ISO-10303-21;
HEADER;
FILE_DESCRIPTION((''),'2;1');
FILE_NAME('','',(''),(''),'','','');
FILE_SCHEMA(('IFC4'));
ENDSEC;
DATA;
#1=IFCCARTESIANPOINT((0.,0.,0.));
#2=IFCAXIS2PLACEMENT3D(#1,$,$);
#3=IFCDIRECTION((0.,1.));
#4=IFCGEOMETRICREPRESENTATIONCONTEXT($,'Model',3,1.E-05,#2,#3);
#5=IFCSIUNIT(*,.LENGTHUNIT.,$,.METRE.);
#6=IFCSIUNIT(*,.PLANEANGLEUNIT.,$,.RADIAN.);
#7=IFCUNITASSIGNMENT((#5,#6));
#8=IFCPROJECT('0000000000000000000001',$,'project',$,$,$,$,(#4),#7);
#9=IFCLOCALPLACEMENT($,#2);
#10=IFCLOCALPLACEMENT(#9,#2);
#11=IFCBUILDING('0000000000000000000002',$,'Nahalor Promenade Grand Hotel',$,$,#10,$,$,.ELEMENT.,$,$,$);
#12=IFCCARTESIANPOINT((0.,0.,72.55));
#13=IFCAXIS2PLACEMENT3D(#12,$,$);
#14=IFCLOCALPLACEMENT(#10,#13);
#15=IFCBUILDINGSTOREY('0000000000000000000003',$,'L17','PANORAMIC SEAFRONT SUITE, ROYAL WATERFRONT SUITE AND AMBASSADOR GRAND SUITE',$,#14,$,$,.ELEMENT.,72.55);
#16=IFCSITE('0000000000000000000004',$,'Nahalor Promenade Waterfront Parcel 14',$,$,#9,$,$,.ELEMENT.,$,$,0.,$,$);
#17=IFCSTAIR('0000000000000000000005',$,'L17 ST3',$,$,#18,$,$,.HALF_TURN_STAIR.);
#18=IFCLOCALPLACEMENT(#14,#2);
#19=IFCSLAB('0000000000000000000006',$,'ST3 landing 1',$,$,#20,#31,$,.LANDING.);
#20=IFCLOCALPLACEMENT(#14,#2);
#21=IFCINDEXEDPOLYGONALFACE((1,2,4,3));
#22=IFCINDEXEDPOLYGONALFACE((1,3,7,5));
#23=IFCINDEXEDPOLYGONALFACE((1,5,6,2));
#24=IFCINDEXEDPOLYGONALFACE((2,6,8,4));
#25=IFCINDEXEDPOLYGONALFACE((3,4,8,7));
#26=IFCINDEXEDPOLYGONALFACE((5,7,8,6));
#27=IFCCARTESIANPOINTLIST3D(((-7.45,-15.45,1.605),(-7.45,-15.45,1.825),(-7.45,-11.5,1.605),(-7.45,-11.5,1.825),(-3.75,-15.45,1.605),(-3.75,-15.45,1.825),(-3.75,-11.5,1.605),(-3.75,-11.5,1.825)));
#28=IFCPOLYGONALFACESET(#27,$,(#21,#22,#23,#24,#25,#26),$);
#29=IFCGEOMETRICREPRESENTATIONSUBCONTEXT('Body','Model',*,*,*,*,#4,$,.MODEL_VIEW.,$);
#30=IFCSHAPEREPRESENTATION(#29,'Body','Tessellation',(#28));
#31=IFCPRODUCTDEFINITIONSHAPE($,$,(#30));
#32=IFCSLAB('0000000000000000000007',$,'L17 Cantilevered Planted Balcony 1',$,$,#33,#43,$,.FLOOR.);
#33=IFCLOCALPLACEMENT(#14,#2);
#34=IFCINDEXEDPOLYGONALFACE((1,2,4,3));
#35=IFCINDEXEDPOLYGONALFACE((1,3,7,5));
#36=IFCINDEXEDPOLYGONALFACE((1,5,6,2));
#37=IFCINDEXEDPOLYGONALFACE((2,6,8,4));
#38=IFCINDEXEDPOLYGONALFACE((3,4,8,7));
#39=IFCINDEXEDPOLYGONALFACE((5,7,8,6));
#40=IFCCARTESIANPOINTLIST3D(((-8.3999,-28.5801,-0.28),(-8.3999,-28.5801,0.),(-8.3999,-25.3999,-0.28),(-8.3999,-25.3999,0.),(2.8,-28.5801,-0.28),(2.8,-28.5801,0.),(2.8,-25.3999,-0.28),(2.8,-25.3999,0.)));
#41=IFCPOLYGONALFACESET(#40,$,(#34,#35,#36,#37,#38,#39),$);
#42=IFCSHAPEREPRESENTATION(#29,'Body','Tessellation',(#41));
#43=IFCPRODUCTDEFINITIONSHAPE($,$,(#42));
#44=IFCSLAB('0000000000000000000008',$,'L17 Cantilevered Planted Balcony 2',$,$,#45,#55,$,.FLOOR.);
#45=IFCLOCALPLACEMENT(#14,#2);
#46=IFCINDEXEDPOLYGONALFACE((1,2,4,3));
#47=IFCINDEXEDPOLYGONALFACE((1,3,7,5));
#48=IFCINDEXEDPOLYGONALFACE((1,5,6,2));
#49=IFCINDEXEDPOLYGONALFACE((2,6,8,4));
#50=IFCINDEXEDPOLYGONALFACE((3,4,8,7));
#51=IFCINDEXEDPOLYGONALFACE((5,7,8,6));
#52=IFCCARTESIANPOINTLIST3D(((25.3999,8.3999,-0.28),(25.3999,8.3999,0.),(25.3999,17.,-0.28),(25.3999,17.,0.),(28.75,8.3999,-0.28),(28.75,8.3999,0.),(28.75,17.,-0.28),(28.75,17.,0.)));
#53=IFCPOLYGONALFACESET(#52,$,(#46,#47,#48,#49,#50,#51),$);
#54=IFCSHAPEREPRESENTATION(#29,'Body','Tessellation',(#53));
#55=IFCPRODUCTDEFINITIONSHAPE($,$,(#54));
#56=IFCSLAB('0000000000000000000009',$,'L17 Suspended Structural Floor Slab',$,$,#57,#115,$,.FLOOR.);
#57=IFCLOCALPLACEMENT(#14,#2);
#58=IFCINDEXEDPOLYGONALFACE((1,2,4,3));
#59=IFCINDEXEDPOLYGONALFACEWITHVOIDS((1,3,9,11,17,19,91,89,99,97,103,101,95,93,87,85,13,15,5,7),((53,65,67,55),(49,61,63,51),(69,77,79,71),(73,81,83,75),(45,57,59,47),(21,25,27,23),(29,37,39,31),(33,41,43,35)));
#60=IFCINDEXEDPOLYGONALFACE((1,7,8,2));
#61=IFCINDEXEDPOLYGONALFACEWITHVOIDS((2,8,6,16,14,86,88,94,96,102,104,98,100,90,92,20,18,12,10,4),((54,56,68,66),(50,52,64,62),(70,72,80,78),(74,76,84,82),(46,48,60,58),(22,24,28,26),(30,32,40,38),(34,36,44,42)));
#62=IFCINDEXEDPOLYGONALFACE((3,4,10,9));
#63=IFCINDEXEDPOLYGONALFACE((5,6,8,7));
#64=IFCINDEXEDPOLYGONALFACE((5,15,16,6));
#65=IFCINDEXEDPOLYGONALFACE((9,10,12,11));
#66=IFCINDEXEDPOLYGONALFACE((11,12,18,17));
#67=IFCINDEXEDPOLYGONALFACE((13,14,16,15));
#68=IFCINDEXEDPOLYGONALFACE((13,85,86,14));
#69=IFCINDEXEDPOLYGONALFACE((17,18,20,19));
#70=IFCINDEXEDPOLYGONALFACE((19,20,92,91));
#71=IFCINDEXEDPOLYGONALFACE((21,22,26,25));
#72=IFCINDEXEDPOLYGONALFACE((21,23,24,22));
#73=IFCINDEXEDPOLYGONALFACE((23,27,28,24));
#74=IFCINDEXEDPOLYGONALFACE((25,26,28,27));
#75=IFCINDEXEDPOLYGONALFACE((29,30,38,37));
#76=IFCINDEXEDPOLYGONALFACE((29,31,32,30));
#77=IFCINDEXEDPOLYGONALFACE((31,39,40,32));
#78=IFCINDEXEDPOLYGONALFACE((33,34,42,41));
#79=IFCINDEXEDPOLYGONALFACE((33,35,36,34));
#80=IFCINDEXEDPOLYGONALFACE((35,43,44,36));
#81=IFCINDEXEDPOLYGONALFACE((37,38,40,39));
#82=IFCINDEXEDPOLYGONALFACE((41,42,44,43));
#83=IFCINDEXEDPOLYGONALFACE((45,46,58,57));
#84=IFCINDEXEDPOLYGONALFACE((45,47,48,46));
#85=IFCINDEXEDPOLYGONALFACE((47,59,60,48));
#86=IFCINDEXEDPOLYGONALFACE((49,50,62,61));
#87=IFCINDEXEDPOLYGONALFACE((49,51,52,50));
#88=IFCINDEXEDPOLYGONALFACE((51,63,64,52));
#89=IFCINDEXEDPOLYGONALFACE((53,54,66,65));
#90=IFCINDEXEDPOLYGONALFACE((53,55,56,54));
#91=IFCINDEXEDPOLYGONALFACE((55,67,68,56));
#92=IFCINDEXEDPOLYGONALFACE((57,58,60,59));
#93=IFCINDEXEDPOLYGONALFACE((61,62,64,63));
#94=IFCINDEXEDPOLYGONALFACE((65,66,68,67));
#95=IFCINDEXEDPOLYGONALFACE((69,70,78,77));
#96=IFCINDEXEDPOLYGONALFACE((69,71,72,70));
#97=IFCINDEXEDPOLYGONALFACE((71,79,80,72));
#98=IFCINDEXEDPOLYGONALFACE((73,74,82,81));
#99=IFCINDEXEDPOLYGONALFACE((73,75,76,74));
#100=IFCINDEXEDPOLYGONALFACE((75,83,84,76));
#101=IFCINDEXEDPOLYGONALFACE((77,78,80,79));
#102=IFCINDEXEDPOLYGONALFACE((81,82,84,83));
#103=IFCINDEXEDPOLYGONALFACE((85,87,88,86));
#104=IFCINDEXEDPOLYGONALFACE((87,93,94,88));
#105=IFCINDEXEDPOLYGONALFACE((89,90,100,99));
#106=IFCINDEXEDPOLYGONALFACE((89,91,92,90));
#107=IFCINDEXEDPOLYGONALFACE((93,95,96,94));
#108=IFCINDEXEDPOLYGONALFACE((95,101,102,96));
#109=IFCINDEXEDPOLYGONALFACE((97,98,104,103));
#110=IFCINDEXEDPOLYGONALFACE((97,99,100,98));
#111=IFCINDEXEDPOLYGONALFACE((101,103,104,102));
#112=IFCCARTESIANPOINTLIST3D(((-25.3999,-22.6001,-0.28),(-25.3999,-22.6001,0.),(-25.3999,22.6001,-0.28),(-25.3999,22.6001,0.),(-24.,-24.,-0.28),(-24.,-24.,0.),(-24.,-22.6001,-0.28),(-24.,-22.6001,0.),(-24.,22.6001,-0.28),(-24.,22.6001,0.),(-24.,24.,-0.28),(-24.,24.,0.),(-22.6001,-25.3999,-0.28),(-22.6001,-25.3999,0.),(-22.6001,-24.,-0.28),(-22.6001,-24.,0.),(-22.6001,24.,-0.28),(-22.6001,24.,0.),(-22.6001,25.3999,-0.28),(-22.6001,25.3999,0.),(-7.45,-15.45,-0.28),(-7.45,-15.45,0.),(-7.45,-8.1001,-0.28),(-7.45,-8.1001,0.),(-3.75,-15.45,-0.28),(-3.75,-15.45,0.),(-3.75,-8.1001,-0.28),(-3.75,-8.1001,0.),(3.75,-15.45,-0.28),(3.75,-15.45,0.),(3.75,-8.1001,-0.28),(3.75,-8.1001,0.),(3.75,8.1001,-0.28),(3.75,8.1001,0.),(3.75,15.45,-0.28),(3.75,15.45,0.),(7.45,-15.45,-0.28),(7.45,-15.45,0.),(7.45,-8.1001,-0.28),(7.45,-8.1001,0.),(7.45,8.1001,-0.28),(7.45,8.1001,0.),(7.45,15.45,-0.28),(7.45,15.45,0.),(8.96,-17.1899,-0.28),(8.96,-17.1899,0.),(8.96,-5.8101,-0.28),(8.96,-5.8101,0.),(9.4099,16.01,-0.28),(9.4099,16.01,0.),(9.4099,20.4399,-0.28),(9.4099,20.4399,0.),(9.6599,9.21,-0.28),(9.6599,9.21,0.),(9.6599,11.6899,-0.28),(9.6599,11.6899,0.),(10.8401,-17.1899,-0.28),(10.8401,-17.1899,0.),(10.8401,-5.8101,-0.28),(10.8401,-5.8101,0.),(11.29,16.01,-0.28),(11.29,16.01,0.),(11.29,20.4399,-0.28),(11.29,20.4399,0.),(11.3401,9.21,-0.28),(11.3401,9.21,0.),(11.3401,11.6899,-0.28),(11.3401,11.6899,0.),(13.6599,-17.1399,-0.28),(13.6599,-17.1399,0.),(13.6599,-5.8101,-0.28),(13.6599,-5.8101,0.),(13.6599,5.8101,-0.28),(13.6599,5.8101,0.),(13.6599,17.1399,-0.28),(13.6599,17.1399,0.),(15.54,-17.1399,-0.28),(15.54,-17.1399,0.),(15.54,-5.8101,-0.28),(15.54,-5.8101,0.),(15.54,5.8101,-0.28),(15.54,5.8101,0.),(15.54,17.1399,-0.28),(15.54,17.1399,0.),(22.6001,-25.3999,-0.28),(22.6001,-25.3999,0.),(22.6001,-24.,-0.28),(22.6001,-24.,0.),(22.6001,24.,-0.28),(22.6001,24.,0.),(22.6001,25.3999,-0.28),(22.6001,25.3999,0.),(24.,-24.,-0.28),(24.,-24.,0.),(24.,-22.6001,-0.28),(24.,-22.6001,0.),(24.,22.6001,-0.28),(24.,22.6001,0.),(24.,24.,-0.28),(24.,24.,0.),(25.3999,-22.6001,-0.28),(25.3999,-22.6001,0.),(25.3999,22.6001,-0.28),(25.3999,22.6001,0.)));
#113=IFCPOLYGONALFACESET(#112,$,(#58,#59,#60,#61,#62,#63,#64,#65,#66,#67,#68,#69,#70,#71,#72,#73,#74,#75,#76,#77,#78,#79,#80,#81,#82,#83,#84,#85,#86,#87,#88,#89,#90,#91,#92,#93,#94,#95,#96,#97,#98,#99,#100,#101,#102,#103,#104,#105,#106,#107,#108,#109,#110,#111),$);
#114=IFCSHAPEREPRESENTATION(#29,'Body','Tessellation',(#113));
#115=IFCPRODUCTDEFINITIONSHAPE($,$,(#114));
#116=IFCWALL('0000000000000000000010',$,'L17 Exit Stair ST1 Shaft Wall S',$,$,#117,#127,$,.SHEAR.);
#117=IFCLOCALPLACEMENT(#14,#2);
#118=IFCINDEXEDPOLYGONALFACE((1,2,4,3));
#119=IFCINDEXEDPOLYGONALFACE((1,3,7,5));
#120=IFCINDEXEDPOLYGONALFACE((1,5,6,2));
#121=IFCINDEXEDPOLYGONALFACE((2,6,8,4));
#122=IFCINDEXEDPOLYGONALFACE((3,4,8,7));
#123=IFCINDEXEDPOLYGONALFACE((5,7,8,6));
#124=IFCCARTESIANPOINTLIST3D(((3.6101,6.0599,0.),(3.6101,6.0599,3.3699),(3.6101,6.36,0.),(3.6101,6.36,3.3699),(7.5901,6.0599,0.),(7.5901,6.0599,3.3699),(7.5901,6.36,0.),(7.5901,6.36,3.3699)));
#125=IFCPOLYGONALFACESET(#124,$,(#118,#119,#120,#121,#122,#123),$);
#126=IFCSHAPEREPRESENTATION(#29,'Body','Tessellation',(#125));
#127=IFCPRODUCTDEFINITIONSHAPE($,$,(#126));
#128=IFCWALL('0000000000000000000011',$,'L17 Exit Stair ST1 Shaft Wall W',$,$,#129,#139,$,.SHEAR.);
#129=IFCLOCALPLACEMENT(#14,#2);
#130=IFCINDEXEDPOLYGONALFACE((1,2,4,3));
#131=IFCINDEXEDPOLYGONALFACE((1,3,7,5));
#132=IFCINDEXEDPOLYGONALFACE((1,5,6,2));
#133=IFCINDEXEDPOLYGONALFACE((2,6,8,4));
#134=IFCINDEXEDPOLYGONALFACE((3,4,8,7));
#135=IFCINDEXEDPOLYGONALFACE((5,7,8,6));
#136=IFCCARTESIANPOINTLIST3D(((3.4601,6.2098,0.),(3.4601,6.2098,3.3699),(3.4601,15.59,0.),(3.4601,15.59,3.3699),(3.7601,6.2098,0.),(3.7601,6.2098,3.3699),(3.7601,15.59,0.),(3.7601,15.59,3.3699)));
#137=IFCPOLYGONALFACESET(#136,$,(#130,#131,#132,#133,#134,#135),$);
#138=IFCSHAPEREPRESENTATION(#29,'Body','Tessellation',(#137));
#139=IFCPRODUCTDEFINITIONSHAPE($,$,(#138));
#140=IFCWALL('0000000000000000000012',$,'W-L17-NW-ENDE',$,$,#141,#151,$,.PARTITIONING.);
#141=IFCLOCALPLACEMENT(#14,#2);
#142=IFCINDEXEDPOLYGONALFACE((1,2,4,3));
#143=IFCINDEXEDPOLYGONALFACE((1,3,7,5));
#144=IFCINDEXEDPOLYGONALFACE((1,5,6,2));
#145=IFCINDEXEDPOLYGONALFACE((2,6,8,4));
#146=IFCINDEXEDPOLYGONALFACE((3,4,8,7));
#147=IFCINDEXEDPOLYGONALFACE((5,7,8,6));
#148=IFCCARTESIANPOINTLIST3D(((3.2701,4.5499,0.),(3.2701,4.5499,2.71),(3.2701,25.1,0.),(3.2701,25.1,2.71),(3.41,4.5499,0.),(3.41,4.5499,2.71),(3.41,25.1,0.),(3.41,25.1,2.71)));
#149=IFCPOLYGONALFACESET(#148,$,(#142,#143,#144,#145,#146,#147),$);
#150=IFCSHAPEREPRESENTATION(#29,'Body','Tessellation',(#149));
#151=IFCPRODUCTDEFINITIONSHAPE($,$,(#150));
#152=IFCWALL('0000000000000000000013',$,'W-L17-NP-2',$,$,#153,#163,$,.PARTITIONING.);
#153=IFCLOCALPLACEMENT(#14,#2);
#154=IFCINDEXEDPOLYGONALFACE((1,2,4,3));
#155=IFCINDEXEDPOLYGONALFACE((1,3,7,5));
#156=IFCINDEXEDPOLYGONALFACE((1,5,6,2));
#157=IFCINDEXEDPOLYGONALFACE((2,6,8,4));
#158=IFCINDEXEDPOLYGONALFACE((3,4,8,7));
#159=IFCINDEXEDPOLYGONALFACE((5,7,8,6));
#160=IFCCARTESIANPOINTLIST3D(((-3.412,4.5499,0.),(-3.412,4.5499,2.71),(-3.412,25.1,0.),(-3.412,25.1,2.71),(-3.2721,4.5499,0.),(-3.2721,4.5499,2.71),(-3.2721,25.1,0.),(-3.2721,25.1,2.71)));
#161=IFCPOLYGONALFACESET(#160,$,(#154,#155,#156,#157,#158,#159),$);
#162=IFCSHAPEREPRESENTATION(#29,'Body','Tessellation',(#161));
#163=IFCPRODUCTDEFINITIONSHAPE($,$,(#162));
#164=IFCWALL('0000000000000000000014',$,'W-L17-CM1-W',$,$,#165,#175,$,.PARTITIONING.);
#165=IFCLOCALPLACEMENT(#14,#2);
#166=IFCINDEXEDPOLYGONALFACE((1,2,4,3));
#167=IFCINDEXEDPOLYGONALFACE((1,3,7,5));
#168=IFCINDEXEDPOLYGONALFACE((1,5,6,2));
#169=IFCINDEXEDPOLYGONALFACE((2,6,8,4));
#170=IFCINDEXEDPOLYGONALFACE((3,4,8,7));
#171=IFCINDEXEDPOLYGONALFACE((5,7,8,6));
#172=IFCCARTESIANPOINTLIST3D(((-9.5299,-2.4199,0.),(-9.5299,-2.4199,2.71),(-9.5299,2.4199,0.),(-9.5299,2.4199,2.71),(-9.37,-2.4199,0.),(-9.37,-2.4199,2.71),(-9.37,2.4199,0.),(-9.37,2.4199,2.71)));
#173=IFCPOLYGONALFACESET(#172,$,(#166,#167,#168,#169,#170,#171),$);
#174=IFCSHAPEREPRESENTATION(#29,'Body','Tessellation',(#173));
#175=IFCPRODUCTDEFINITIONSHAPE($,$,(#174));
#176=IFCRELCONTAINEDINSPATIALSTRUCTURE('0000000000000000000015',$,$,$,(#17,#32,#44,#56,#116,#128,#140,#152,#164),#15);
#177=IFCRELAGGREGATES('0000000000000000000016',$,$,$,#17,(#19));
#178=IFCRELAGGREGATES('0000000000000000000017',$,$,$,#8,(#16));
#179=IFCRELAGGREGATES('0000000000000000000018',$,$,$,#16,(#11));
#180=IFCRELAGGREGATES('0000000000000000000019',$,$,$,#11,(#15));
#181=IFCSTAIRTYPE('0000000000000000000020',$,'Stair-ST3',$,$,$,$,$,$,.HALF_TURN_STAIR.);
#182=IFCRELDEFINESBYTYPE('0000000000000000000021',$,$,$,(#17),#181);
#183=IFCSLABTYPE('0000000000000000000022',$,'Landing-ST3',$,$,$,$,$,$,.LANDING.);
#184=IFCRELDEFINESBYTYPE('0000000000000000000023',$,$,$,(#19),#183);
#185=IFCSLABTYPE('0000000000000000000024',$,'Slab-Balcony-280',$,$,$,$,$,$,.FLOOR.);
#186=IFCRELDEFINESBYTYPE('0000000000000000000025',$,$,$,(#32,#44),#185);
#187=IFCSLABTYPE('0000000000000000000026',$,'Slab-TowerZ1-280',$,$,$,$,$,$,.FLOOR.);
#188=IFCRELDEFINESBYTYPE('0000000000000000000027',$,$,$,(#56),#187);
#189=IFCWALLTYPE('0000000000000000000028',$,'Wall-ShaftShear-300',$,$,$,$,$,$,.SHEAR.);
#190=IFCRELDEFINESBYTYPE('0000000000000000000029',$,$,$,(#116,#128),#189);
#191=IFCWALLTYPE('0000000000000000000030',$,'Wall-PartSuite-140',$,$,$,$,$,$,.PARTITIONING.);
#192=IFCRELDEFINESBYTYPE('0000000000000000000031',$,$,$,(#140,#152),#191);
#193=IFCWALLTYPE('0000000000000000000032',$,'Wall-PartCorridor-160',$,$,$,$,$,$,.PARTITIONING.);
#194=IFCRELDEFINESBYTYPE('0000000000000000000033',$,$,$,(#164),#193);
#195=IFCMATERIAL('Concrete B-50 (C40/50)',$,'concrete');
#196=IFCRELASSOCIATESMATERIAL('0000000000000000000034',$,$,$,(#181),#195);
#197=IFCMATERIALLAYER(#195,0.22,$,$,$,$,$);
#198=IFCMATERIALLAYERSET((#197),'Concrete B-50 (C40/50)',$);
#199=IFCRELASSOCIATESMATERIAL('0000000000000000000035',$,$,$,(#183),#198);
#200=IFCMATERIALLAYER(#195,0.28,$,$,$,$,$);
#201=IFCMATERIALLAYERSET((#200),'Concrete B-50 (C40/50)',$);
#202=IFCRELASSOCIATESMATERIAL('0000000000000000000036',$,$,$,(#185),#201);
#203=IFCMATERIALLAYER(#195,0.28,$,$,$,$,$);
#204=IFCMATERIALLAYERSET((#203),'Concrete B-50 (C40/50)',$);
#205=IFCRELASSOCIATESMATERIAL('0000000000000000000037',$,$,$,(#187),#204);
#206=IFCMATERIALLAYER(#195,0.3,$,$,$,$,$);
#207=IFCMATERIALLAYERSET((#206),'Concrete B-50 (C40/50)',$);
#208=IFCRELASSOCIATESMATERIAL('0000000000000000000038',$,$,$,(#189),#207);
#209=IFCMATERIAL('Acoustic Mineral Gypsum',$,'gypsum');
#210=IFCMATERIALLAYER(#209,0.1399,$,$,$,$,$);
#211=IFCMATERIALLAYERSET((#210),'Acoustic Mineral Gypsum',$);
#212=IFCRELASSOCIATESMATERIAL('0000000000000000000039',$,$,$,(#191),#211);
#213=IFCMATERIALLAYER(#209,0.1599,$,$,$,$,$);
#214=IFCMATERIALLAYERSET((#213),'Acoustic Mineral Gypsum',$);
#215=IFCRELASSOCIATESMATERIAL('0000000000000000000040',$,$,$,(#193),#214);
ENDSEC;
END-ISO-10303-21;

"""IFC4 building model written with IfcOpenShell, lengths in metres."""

from ifc_helpers import new_model, si_unit, direction, frame, frame_2d, origin, place, context, subcontext, project, spatial, polyline, rectangle, outline, extrude, source, transform, mapped, material, layer, layer_set, type_object, element, aggregate, save


model = new_model("IFC4")

# Units and contexts
model_context = context("Model", 3, precision=1e-05, world=origin(), true_north=direction((0.0, 1.0)))
body_context = subcontext(model_context, "Body", "Model", "MODEL_VIEW")
ifc_project = project(units=[si_unit("LENGTHUNIT", "METRE"), si_unit("PLANEANGLEUNIT", "RADIAN")], contexts=[model_context])

# Site, building, storey
site_placement = place(None, origin())
site = spatial("IfcSite", under=ifc_project, at=site_placement, Name="Nahalor Promenade Waterfront Parcel 14", CompositionType="ELEMENT", RefElevation=0.0)
building_placement = place(site_placement, origin())
building = spatial("IfcBuilding", under=site, at=building_placement, Name="Nahalor Promenade Grand Hotel", CompositionType="ELEMENT")
storey_placement = place(building_placement, frame((0.0, 0.0, 72.55)))
storey = spatial("IfcBuildingStorey", under=building, at=storey_placement, Name="L17", Description="PANORAMIC SEAFRONT SUITE, ROYAL WATERFRONT SUITE AND AMBASSADOR GRAND SUITE", CompositionType="ELEMENT", Elevation=72.55)

# Stair, slab
ifc_material_1 = material(Name="Concrete B-50 (C40/50)", Category="concrete")
stair_type_1 = type_object("IfcStairType", Name="Stair-ST3", PredefinedType="HALF_TURN_STAIR", material=ifc_material_1)
stair_1_placement = place(storey_placement, origin())
stair_1 = element("IfcStair", 1, at=stair_1_placement, inside=storey, type_object=stair_type_1, Name="L17 ST3", PredefinedType="HALF_TURN_STAIR")
ifc_layer_1 = layer(ifc_material_1, 0.22)
ifc_layer_set_1 = layer_set([ifc_layer_1], Name="Concrete B-50 (C40/50)")
slab_type_1 = type_object("IfcSlabType", Name="Landing-ST3", PredefinedType="LANDING", material=ifc_layer_set_1)
slab_1_placement = place(storey_placement, frame((0.0, 0.0, 1.605)))
slab_1 = element("IfcSlab", 2, at=slab_1_placement, type_object=slab_type_1, Name="ST3 landing 1", PredefinedType="LANDING", context=body_context, shape_type="SweptSolid", body=[
    extrude(outline(polyline([(-7.45, -11.5), (-7.45, -15.45), (-3.75, -15.45), (-3.75, -11.5), (-7.45, -11.5)])), origin(), (0.0, 0.0, 1.0), 0.22),
])
aggregate(stair_1, [slab_1])

# Slabs
ifc_layer_2 = layer(ifc_material_1, 0.28)
ifc_layer_set_2 = layer_set([ifc_layer_2], Name="Concrete B-50 (C40/50)")
slab_type_2 = type_object("IfcSlabType", Name="Slab-Balcony-280", PredefinedType="FLOOR", material=ifc_layer_set_2)
slab_2_placement = place(storey_placement, frame((0.0, 0.0, -0.28)))
element("IfcSlab", 3, at=slab_2_placement, inside=storey, type_object=slab_type_2, Name="L17 Cantilevered Planted Balcony 1", PredefinedType="FLOOR", context=body_context, shape_type="SweptSolid", body=[
    extrude(outline(polyline([(-8.3999, -28.5801), (2.8, -28.5801), (2.8, -25.3999), (-8.3999, -25.3999), (-8.3999, -28.5801)])), origin(), (0.0, 0.0, 1.0), 0.28),
])
slab_3_placement = place(storey_placement, frame((0.0, 0.0, -0.28)))
element("IfcSlab", 4, at=slab_3_placement, inside=storey, type_object=slab_type_2, Name="L17 Cantilevered Planted Balcony 2", PredefinedType="FLOOR", context=body_context, shape_type="SweptSolid", body=[
    extrude(outline(polyline([(25.3999, 8.3999), (28.75, 8.3999), (28.75, 17.0), (25.3999, 17.0), (25.3999, 8.3999)])), origin(), (0.0, 0.0, 1.0), 0.28),
])
ifc_layer_3 = layer(ifc_material_1, 0.28)
ifc_layer_set_3 = layer_set([ifc_layer_3], Name="Concrete B-50 (C40/50)")
slab_type_3 = type_object("IfcSlabType", Name="Slab-TowerZ1-280", PredefinedType="FLOOR", material=ifc_layer_set_3)
slab_4_placement = place(storey_placement, frame((0.0, 0.0, -0.28)))
element("IfcSlab", 5, at=slab_4_placement, inside=storey, type_object=slab_type_3, Name="L17 Suspended Structural Floor Slab", PredefinedType="FLOOR", context=body_context, shape_type="SweptSolid", body=[
    extrude(outline(polyline([(-22.6001, -25.3999), (22.6001, -25.3999), (22.6001, -24.0), (24.0, -24.0), (24.0, -22.6001), (25.3999, -22.6001), (25.3999, 22.6001), (24.0, 22.6001), (24.0, 24.0), (22.6001, 24.0), (22.6001, 25.3999), (-22.6001, 25.3999), (-22.6001, 24.0), (-24.0, 24.0), (-24.0, 22.6001), (-25.3999, 22.6001), (-25.3999, -22.6001), (-24.0, -22.6001), (-24.0, -24.0), (-22.6001, -24.0), (-22.6001, -25.3999)]), holes=[polyline([(3.75, 8.1001), (7.45, 8.1001), (7.45, 15.45), (3.75, 15.45), (3.75, 8.1001)]), polyline([(3.75, -15.45), (7.45, -15.45), (7.45, -8.1001), (3.75, -8.1001), (3.75, -15.45)]), polyline([(-7.45, -15.45), (-3.75, -15.45), (-3.75, -8.1001), (-7.45, -8.1001), (-7.45, -15.45)]), polyline([(13.6599, 5.8101), (15.54, 5.8101), (15.54, 17.1399), (13.6599, 17.1399), (13.6599, 5.8101)]), polyline([(13.6599, -17.1399), (15.54, -17.1399), (15.54, -5.8101), (13.6599, -5.8101), (13.6599, -17.1399)]), polyline([(8.96, -17.1899), (10.8401, -17.1899), (10.8401, -5.8101), (8.96, -5.8101), (8.96, -17.1899)]), polyline([(9.4099, 16.01), (11.29, 16.01), (11.29, 20.4399), (9.4099, 20.4399), (9.4099, 16.01)]), polyline([(9.6599, 9.21), (11.3401, 9.21), (11.3401, 11.6899), (9.6599, 11.6899), (9.6599, 9.21)])]), origin(), (0.0, 0.0, 1.0), 0.28),
])

# Walls
ifc_layer_4 = layer(ifc_material_1, 0.3)
ifc_layer_set_4 = layer_set([ifc_layer_4], Name="Concrete B-50 (C40/50)")
wall_type_1 = type_object("IfcWallType", Name="Wall-ShaftShear-300", PredefinedType="SHEAR", material=ifc_layer_set_4)
shared_shape_1 = source(origin(), body_context, "Body", "SweptSolid", [
    extrude(rectangle(XDim=3.98, YDim=0.3, at=frame_2d((1.99, 0.0))), origin(), (0.0, 0.0, 1.0), 3.3699),
])
wall_1_placement = place(storey_placement, frame((3.6101, 6.21, 0.0), z_axis=(0.0, 0.0, 1.0), x_axis=(1.0, 0.0, 0.0)))
element("IfcWall", 6, at=wall_1_placement, inside=storey, type_object=wall_type_1, Name="L17 Exit Stair ST1 Shaft Wall S", PredefinedType="SHEAR", context=body_context, shape_type="MappedRepresentation", body=[
    mapped(shared_shape_1, transform((0.0, 0.0, 0.0), scale=1.0)),
])
shared_shape_2 = source(origin(), body_context, "Body", "SweptSolid", [
    extrude(rectangle(XDim=9.3801, YDim=0.3, at=frame_2d((4.6899, 0.0))), origin(), (0.0, 0.0, 1.0), 3.3699),
])
wall_2_placement = place(storey_placement, frame((3.6101, 6.21, 0.0), z_axis=(0.0, 0.0, 1.0), x_axis=(0.0, 1.0, 0.0)))
element("IfcWall", 7, at=wall_2_placement, inside=storey, type_object=wall_type_1, Name="L17 Exit Stair ST1 Shaft Wall W", PredefinedType="SHEAR", context=body_context, shape_type="MappedRepresentation", body=[
    mapped(shared_shape_2, transform((0.0, 0.0, 0.0), scale=1.0)),
])
ifc_material_2 = material(Name="Acoustic Mineral Gypsum", Category="gypsum")
ifc_layer_5 = layer(ifc_material_2, 0.1399)
ifc_layer_set_5 = layer_set([ifc_layer_5], Name="Acoustic Mineral Gypsum")
wall_type_2 = type_object("IfcWallType", Name="Wall-PartSuite-140", PredefinedType="PARTITIONING", material=ifc_layer_set_5)
shared_shape_3 = source(origin(), body_context, "Body", "SweptSolid", [
    extrude(rectangle(XDim=20.55, YDim=0.1399, at=frame_2d((10.2749, 0.0))), origin(), (0.0, 0.0, 1.0), 2.71),
])
for number, where, z_axis, x_axis, name in (
    (8, (3.3401, 4.55, 0.0), (0.0, 0.0, 1.0), (0.0, 1.0, 0.0), "W-L17-NW-ENDE"),
    (9, (-3.342, 4.55, 0.0), (0.0, 0.0, 1.0), (0.0, 1.0, 0.0), "W-L17-NP-2"),
):
    element("IfcWall", number, at=place(storey_placement, frame(where, z_axis=z_axis, x_axis=x_axis)), inside=storey, type_object=wall_type_2, Name=name, PredefinedType="PARTITIONING", context=body_context, shape_type="MappedRepresentation", body=[
        mapped(shared_shape_3, transform((0.0, 0.0, 0.0), scale=1.0)),
    ])
ifc_layer_6 = layer(ifc_material_2, 0.1599)
ifc_layer_set_6 = layer_set([ifc_layer_6], Name="Acoustic Mineral Gypsum")
wall_type_3 = type_object("IfcWallType", Name="Wall-PartCorridor-160", PredefinedType="PARTITIONING", material=ifc_layer_set_6)
shared_shape_4 = source(origin(), body_context, "Body", "SweptSolid", [
    extrude(rectangle(XDim=4.8398, YDim=0.1599, at=frame_2d((2.4199, 0.0))), origin(), (0.0, 0.0, 1.0), 2.71),
])
for number, where, z_axis, x_axis, name in (
    (10, (-9.45, -2.4199, 0.0), (0.0, 0.0, 1.0), (0.0, 1.0, 0.0), "W-L17-CM1-W"),
):
    element("IfcWall", number, at=place(storey_placement, frame(where, z_axis=z_axis, x_axis=x_axis)), inside=storey, type_object=wall_type_3, Name=name, PredefinedType="PARTITIONING", context=body_context, shape_type="MappedRepresentation", body=[
        mapped(shared_shape_4, transform((0.0, 0.0, 0.0), scale=1.0)),
    ])

save(model, "model.ifc")
